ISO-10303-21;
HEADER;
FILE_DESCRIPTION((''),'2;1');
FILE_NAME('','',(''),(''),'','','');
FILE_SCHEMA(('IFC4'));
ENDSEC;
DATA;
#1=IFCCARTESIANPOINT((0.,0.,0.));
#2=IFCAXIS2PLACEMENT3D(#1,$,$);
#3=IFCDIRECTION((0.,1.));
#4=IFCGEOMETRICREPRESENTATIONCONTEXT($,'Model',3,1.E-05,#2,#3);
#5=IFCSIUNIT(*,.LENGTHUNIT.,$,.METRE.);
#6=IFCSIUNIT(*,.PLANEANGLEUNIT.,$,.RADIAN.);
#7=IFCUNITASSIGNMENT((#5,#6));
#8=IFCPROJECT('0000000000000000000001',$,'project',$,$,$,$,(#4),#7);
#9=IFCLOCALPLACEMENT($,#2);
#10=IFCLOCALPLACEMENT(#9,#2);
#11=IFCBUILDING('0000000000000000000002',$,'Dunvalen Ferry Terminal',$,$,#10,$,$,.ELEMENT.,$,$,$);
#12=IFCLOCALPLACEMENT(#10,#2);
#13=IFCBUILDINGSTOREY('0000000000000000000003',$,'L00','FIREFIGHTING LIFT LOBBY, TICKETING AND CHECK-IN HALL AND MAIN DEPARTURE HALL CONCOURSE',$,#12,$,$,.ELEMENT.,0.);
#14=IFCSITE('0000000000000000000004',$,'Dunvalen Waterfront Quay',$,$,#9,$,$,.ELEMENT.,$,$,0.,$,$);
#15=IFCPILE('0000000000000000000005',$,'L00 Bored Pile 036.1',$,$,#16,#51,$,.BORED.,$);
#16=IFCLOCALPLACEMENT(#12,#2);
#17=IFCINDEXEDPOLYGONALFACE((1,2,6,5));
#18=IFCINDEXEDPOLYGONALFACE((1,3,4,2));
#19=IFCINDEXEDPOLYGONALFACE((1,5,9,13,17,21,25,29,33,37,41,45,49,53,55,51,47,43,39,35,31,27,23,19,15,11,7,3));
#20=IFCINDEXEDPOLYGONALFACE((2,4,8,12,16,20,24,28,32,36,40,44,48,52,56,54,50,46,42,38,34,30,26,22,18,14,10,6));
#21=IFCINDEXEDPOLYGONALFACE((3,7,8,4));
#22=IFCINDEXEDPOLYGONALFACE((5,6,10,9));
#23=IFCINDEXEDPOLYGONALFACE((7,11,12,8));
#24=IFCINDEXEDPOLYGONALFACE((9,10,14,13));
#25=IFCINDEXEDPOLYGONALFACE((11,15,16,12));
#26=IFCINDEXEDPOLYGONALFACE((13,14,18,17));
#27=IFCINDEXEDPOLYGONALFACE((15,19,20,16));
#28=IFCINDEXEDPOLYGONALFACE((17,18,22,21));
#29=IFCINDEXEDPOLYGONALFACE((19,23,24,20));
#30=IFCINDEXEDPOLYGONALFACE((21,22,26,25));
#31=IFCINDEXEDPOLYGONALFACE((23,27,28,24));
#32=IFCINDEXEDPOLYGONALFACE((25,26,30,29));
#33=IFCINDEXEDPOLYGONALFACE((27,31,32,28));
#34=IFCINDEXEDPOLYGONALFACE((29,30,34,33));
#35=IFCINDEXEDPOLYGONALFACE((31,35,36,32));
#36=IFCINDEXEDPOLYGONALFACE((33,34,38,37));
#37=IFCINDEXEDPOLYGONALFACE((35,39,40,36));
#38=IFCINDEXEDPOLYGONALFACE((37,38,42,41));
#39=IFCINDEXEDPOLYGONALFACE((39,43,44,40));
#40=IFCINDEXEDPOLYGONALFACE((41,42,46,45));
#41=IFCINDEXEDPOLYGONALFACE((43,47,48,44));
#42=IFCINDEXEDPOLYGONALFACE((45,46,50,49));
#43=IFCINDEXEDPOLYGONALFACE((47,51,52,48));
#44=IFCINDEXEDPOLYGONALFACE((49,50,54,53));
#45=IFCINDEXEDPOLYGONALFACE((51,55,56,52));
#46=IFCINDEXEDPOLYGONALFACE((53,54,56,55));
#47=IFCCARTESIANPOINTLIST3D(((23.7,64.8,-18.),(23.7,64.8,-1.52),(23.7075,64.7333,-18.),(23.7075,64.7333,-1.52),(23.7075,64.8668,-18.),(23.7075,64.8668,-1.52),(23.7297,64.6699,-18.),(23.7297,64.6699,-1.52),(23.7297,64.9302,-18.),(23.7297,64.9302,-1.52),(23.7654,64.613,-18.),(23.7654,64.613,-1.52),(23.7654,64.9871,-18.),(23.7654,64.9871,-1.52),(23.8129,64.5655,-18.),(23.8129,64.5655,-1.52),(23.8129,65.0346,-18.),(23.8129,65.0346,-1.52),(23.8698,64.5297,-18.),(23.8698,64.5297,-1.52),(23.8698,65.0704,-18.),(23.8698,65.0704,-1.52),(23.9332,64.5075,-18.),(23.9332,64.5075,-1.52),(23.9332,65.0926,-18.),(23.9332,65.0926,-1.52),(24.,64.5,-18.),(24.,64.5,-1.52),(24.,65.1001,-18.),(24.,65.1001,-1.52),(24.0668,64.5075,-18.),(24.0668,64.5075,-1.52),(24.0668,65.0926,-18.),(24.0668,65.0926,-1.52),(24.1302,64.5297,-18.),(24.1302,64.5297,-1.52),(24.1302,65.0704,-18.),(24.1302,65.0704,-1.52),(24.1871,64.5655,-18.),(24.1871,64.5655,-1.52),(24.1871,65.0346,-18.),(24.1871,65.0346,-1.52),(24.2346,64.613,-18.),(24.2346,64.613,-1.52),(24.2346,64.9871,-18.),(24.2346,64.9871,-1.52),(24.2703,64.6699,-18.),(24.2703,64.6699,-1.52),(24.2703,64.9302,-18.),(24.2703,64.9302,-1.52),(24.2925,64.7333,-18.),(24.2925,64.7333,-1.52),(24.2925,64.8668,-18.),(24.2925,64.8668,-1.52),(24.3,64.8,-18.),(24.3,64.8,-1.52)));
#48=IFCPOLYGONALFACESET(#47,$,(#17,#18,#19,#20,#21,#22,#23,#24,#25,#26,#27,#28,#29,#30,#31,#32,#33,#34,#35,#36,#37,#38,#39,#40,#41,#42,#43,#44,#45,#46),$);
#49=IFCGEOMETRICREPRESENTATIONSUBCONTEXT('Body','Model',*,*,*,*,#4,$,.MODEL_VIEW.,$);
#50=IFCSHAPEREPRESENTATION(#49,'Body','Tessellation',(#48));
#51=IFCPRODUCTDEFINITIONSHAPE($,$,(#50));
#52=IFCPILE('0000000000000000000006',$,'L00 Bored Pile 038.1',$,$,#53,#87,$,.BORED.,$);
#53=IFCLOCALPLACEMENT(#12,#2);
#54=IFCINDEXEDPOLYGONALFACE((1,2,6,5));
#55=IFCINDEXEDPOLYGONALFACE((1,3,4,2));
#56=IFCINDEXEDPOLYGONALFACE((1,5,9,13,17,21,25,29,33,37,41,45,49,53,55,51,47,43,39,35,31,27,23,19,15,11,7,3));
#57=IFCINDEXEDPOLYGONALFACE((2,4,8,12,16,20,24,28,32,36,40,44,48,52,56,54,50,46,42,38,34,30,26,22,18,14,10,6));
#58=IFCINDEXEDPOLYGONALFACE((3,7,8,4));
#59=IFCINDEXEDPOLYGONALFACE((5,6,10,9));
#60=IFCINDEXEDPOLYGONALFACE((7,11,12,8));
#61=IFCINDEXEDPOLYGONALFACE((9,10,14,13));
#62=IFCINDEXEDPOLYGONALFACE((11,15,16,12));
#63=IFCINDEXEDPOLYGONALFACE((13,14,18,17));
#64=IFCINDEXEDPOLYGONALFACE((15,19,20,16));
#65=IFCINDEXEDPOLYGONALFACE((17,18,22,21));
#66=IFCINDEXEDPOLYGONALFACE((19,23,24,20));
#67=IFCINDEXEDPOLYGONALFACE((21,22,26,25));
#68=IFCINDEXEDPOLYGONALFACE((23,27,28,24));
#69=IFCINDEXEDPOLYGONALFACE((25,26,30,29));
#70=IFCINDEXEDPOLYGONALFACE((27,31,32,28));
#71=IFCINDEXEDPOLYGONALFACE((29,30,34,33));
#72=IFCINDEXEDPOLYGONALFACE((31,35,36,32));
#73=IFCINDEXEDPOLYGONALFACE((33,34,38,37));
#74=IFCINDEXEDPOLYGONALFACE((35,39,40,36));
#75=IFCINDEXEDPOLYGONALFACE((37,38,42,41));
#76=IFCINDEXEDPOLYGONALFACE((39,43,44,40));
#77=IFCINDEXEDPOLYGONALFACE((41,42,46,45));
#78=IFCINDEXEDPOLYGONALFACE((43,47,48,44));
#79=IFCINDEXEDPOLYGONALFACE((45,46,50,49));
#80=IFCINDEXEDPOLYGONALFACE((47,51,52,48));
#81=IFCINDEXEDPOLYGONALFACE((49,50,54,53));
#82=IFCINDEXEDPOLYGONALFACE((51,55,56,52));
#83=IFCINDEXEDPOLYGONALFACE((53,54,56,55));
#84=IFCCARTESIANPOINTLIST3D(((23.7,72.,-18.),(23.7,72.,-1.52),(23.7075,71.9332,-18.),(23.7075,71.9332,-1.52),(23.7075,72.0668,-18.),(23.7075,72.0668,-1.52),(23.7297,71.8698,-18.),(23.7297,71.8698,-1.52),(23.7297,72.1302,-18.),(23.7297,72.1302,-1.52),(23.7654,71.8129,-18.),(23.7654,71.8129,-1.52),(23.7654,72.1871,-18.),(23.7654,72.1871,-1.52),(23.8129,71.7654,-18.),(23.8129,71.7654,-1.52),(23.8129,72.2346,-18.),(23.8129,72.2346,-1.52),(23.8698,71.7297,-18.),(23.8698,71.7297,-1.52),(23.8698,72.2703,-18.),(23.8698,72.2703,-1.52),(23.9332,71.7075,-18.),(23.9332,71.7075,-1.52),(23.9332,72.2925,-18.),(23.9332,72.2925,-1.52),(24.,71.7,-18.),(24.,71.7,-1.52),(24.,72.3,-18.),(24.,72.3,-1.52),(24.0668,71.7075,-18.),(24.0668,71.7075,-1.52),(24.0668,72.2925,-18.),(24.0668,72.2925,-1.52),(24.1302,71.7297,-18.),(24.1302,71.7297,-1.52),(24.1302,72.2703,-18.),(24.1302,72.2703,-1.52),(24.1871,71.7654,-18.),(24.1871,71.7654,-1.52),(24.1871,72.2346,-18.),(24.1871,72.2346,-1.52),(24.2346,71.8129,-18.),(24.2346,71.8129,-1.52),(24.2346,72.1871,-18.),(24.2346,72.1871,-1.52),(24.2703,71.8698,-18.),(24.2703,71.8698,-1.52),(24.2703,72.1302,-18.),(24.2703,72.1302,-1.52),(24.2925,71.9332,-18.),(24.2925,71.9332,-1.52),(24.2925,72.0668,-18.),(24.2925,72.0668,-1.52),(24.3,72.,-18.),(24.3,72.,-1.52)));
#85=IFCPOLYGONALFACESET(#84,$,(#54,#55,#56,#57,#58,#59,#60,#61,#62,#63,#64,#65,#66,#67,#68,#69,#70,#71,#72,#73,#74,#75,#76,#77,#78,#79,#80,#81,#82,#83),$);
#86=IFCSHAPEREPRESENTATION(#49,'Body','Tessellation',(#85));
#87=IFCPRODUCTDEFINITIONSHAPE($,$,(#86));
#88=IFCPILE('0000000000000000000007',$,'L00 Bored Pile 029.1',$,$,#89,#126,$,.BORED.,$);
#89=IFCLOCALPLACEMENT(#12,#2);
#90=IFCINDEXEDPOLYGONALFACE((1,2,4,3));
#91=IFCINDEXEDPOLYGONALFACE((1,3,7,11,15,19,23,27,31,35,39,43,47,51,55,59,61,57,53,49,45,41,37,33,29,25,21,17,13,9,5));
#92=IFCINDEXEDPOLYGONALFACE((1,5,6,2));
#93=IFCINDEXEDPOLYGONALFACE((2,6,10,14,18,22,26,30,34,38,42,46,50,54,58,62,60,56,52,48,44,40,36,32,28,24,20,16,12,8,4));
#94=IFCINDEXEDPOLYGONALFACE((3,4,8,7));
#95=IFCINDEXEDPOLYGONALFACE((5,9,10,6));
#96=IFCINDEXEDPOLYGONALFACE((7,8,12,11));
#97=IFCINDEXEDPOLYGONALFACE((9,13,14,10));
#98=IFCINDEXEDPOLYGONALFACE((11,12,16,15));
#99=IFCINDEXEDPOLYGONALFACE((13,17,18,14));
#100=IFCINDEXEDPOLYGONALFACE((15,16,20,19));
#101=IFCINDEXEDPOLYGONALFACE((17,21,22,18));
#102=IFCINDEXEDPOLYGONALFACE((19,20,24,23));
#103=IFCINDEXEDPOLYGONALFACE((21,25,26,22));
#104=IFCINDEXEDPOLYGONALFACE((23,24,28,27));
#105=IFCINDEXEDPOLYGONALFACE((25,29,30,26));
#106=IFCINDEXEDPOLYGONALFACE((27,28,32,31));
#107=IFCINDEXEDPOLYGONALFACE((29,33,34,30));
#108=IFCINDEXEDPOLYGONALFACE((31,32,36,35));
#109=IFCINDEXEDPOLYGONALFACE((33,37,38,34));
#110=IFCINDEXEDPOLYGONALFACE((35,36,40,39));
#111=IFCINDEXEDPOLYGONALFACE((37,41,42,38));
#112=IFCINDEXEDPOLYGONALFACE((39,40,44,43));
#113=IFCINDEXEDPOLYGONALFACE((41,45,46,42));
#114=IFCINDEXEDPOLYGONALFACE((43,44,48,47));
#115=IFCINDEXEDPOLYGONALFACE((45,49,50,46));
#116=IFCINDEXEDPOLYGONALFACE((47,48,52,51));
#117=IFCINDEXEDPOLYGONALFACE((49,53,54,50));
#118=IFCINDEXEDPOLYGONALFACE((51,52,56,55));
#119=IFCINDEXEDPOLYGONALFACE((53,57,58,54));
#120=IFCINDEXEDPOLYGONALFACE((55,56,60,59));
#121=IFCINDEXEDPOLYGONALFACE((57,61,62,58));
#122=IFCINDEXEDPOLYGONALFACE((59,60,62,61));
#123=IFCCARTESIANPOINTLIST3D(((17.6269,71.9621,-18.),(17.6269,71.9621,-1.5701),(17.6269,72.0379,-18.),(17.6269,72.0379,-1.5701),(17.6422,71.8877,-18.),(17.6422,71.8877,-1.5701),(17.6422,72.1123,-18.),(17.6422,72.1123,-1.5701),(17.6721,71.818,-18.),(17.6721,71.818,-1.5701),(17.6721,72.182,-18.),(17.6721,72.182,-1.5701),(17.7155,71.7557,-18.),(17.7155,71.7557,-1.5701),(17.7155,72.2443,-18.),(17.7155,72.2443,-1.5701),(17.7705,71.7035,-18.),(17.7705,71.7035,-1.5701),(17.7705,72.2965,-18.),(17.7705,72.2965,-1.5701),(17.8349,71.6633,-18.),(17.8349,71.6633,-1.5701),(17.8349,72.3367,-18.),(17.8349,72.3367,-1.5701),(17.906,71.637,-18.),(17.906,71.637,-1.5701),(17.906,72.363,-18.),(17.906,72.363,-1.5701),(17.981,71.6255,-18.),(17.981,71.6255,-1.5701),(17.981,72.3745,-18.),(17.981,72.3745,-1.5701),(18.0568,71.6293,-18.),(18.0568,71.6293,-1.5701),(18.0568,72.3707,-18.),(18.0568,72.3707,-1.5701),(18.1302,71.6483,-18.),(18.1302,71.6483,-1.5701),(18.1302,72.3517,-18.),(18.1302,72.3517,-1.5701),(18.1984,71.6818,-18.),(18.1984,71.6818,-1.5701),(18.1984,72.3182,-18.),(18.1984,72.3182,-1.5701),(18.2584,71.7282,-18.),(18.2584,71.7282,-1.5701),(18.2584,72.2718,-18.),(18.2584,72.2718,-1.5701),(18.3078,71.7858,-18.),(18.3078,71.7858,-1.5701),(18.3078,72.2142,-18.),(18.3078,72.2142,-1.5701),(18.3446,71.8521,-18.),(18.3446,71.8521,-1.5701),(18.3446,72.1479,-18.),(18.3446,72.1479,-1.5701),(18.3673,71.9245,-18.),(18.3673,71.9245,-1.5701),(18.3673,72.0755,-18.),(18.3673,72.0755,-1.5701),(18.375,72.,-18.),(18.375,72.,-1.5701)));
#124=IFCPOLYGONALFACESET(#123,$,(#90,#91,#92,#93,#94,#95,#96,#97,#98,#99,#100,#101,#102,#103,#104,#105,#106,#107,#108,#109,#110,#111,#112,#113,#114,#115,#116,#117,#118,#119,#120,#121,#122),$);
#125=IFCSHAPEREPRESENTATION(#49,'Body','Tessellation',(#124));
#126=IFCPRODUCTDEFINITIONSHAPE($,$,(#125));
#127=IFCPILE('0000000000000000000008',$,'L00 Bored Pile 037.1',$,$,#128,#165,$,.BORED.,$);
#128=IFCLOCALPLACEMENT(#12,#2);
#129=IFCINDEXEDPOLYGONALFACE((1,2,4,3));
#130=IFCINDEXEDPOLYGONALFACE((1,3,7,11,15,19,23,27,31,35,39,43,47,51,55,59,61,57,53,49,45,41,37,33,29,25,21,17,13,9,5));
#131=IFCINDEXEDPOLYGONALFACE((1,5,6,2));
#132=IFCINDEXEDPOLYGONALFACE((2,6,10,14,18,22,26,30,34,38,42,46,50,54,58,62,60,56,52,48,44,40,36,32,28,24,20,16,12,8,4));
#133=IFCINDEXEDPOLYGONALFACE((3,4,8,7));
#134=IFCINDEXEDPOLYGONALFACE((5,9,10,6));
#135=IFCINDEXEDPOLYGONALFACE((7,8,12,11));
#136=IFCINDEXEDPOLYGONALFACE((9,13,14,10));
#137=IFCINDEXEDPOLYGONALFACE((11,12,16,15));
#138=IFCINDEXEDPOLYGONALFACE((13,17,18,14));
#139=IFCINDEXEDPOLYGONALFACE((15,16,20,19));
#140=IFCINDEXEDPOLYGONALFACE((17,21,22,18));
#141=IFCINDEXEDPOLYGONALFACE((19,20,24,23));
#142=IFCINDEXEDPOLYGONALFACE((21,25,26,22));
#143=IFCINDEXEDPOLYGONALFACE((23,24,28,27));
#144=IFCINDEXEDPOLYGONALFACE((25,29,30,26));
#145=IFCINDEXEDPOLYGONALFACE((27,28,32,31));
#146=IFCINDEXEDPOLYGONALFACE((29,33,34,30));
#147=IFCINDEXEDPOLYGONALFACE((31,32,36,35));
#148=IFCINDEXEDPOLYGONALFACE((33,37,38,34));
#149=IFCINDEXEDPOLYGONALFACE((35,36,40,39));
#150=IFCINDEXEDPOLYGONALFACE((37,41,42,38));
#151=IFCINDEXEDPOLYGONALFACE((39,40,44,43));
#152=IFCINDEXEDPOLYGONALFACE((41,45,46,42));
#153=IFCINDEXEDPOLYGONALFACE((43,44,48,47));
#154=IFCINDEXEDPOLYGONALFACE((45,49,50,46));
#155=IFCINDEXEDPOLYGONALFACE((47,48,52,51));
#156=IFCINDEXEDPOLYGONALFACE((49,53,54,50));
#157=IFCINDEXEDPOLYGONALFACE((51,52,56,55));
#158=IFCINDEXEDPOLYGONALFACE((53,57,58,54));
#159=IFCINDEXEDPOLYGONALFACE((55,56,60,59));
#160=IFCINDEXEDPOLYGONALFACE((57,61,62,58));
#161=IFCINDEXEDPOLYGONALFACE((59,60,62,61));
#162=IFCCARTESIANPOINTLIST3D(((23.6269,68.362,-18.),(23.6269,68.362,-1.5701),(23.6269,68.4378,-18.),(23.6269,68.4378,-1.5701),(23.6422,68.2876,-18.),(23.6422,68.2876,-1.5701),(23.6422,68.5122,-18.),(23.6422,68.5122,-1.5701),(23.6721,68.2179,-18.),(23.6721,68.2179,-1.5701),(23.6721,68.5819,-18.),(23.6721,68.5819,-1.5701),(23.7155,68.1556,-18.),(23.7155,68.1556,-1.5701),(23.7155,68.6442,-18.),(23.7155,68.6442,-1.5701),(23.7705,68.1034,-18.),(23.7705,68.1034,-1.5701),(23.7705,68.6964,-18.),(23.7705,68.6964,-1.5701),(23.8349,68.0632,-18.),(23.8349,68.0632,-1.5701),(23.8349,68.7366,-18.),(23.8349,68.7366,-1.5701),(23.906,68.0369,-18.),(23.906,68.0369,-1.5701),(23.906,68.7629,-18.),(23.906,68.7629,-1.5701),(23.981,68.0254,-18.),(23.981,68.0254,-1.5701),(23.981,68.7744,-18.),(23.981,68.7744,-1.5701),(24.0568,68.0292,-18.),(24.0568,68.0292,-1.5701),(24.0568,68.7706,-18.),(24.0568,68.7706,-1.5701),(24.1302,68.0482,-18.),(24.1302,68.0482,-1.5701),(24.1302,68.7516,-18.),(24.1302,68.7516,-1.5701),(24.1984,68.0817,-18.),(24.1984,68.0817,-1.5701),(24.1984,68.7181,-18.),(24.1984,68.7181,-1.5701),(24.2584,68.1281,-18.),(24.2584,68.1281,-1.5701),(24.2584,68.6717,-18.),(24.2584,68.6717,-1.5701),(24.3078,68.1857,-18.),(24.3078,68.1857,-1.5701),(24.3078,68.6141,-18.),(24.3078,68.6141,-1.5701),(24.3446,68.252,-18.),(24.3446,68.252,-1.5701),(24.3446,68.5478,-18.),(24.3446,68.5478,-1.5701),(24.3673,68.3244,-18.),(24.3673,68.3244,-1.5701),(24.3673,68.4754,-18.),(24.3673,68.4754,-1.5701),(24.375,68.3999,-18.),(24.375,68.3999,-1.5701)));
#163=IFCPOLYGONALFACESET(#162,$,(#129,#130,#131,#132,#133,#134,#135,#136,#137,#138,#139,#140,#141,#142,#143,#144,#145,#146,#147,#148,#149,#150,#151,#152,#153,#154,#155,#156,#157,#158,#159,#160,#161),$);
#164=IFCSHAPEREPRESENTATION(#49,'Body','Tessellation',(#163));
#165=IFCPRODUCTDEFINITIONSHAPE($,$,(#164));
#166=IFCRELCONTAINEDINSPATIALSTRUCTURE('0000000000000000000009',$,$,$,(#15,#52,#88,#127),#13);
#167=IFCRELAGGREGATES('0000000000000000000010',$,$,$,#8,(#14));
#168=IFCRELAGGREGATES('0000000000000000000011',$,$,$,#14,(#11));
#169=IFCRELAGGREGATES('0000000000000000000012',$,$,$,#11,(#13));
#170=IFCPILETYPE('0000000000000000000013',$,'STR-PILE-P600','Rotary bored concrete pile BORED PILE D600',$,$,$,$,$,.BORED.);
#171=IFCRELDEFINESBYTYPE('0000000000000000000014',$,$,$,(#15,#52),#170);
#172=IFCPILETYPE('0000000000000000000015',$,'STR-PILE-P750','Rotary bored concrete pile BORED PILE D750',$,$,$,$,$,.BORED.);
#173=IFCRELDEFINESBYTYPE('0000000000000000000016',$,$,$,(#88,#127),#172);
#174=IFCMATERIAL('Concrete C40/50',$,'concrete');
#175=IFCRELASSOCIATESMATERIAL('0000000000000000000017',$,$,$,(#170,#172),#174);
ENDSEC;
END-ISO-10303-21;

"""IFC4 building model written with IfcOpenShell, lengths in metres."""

from ifc_helpers import new_model, si_unit, direction, frame, origin, origin_2d, place, context, subcontext, project, spatial, circle, extrude, material, material_profile, profile_set, type_object, element, save


model = new_model("IFC4")

# Units and contexts
model_context = context("Model", 3, precision=1e-05, world=origin(), true_north=direction((0.0, 1.0)))
body_context = subcontext(model_context, "Body", "Model", "MODEL_VIEW")
ifc_project = project(units=[si_unit("LENGTHUNIT", "METRE"), si_unit("PLANEANGLEUNIT", "RADIAN")], contexts=[model_context])

# Site, building, storey
site_placement = place(None, origin())
site = spatial("IfcSite", under=ifc_project, at=site_placement, Name="Dunvalen Waterfront Quay", CompositionType="ELEMENT", RefElevation=0.0)
building_placement = place(site_placement, origin())
building = spatial("IfcBuilding", under=site, at=building_placement, Name="Dunvalen Ferry Terminal", CompositionType="ELEMENT")
storey_placement = place(building_placement, origin())
storey = spatial("IfcBuildingStorey", under=building, at=storey_placement, Name="L00", Description="FIREFIGHTING LIFT LOBBY, TICKETING AND CHECK-IN HALL AND MAIN DEPARTURE HALL CONCOURSE", CompositionType="ELEMENT", Elevation=0.0)

# Shared definitions
ifc_material_1 = material(Name="Concrete C40/50", Category="concrete")

# Piles
ifc_material_profile_1 = material_profile(ifc_material_1, circle(Radius=0.3, at=origin_2d()), Name="Concrete C40/50")
ifc_profile_set_1 = profile_set([ifc_material_profile_1], Name="Concrete C40/50")
pile_type_1 = type_object("IfcPileType", Name="STR-PILE-P600", Description="Rotary bored concrete pile BORED PILE D600", PredefinedType="BORED", material=ifc_profile_set_1)
for number, where, z_axis, x_axis, name in (
    (1, (24.0, 64.8, -1.52), (0.0, 0.0, -1.0), (1.0, 0.0, 0.0), "L00 Bored Pile 036.1"),
    (2, (24.0, 72.0, -1.52), (0.0, 0.0, -1.0), (1.0, 0.0, 0.0), "L00 Bored Pile 038.1"),
):
    element("IfcPile", number, at=place(storey_placement, frame(where, z_axis=z_axis, x_axis=x_axis)), inside=storey, type_object=pile_type_1, Name=name, PredefinedType="BORED", context=body_context, shape_type="SweptSolid", body=[
        extrude(circle(Radius=0.3, at=origin_2d()), origin(), (0.0, 0.0, 1.0), 16.48),
    ])
ifc_material_profile_2 = material_profile(ifc_material_1, circle(Radius=0.375, at=origin_2d()), Name="Concrete C40/50")
ifc_profile_set_2 = profile_set([ifc_material_profile_2], Name="Concrete C40/50")
pile_type_2 = type_object("IfcPileType", Name="STR-PILE-P750", Description="Rotary bored concrete pile BORED PILE D750", PredefinedType="BORED", material=ifc_profile_set_2)
for number, where, z_axis, x_axis, name in (
    (3, (18.0, 72.0, -1.5701), (0.0, 0.0, -1.0), (1.0, 0.0, 0.0), "L00 Bored Pile 029.1"),
    (4, (24.0, 68.3999, -1.5701), (0.0, 0.0, -1.0), (1.0, 0.0, 0.0), "L00 Bored Pile 037.1"),
):
    element("IfcPile", number, at=place(storey_placement, frame(where, z_axis=z_axis, x_axis=x_axis)), inside=storey, type_object=pile_type_2, Name=name, PredefinedType="BORED", context=body_context, shape_type="SweptSolid", body=[
        extrude(circle(Radius=0.375, at=origin_2d()), origin(), (0.0, 0.0, 1.0), 16.4299),
    ])

save(model, "model.ifc")
